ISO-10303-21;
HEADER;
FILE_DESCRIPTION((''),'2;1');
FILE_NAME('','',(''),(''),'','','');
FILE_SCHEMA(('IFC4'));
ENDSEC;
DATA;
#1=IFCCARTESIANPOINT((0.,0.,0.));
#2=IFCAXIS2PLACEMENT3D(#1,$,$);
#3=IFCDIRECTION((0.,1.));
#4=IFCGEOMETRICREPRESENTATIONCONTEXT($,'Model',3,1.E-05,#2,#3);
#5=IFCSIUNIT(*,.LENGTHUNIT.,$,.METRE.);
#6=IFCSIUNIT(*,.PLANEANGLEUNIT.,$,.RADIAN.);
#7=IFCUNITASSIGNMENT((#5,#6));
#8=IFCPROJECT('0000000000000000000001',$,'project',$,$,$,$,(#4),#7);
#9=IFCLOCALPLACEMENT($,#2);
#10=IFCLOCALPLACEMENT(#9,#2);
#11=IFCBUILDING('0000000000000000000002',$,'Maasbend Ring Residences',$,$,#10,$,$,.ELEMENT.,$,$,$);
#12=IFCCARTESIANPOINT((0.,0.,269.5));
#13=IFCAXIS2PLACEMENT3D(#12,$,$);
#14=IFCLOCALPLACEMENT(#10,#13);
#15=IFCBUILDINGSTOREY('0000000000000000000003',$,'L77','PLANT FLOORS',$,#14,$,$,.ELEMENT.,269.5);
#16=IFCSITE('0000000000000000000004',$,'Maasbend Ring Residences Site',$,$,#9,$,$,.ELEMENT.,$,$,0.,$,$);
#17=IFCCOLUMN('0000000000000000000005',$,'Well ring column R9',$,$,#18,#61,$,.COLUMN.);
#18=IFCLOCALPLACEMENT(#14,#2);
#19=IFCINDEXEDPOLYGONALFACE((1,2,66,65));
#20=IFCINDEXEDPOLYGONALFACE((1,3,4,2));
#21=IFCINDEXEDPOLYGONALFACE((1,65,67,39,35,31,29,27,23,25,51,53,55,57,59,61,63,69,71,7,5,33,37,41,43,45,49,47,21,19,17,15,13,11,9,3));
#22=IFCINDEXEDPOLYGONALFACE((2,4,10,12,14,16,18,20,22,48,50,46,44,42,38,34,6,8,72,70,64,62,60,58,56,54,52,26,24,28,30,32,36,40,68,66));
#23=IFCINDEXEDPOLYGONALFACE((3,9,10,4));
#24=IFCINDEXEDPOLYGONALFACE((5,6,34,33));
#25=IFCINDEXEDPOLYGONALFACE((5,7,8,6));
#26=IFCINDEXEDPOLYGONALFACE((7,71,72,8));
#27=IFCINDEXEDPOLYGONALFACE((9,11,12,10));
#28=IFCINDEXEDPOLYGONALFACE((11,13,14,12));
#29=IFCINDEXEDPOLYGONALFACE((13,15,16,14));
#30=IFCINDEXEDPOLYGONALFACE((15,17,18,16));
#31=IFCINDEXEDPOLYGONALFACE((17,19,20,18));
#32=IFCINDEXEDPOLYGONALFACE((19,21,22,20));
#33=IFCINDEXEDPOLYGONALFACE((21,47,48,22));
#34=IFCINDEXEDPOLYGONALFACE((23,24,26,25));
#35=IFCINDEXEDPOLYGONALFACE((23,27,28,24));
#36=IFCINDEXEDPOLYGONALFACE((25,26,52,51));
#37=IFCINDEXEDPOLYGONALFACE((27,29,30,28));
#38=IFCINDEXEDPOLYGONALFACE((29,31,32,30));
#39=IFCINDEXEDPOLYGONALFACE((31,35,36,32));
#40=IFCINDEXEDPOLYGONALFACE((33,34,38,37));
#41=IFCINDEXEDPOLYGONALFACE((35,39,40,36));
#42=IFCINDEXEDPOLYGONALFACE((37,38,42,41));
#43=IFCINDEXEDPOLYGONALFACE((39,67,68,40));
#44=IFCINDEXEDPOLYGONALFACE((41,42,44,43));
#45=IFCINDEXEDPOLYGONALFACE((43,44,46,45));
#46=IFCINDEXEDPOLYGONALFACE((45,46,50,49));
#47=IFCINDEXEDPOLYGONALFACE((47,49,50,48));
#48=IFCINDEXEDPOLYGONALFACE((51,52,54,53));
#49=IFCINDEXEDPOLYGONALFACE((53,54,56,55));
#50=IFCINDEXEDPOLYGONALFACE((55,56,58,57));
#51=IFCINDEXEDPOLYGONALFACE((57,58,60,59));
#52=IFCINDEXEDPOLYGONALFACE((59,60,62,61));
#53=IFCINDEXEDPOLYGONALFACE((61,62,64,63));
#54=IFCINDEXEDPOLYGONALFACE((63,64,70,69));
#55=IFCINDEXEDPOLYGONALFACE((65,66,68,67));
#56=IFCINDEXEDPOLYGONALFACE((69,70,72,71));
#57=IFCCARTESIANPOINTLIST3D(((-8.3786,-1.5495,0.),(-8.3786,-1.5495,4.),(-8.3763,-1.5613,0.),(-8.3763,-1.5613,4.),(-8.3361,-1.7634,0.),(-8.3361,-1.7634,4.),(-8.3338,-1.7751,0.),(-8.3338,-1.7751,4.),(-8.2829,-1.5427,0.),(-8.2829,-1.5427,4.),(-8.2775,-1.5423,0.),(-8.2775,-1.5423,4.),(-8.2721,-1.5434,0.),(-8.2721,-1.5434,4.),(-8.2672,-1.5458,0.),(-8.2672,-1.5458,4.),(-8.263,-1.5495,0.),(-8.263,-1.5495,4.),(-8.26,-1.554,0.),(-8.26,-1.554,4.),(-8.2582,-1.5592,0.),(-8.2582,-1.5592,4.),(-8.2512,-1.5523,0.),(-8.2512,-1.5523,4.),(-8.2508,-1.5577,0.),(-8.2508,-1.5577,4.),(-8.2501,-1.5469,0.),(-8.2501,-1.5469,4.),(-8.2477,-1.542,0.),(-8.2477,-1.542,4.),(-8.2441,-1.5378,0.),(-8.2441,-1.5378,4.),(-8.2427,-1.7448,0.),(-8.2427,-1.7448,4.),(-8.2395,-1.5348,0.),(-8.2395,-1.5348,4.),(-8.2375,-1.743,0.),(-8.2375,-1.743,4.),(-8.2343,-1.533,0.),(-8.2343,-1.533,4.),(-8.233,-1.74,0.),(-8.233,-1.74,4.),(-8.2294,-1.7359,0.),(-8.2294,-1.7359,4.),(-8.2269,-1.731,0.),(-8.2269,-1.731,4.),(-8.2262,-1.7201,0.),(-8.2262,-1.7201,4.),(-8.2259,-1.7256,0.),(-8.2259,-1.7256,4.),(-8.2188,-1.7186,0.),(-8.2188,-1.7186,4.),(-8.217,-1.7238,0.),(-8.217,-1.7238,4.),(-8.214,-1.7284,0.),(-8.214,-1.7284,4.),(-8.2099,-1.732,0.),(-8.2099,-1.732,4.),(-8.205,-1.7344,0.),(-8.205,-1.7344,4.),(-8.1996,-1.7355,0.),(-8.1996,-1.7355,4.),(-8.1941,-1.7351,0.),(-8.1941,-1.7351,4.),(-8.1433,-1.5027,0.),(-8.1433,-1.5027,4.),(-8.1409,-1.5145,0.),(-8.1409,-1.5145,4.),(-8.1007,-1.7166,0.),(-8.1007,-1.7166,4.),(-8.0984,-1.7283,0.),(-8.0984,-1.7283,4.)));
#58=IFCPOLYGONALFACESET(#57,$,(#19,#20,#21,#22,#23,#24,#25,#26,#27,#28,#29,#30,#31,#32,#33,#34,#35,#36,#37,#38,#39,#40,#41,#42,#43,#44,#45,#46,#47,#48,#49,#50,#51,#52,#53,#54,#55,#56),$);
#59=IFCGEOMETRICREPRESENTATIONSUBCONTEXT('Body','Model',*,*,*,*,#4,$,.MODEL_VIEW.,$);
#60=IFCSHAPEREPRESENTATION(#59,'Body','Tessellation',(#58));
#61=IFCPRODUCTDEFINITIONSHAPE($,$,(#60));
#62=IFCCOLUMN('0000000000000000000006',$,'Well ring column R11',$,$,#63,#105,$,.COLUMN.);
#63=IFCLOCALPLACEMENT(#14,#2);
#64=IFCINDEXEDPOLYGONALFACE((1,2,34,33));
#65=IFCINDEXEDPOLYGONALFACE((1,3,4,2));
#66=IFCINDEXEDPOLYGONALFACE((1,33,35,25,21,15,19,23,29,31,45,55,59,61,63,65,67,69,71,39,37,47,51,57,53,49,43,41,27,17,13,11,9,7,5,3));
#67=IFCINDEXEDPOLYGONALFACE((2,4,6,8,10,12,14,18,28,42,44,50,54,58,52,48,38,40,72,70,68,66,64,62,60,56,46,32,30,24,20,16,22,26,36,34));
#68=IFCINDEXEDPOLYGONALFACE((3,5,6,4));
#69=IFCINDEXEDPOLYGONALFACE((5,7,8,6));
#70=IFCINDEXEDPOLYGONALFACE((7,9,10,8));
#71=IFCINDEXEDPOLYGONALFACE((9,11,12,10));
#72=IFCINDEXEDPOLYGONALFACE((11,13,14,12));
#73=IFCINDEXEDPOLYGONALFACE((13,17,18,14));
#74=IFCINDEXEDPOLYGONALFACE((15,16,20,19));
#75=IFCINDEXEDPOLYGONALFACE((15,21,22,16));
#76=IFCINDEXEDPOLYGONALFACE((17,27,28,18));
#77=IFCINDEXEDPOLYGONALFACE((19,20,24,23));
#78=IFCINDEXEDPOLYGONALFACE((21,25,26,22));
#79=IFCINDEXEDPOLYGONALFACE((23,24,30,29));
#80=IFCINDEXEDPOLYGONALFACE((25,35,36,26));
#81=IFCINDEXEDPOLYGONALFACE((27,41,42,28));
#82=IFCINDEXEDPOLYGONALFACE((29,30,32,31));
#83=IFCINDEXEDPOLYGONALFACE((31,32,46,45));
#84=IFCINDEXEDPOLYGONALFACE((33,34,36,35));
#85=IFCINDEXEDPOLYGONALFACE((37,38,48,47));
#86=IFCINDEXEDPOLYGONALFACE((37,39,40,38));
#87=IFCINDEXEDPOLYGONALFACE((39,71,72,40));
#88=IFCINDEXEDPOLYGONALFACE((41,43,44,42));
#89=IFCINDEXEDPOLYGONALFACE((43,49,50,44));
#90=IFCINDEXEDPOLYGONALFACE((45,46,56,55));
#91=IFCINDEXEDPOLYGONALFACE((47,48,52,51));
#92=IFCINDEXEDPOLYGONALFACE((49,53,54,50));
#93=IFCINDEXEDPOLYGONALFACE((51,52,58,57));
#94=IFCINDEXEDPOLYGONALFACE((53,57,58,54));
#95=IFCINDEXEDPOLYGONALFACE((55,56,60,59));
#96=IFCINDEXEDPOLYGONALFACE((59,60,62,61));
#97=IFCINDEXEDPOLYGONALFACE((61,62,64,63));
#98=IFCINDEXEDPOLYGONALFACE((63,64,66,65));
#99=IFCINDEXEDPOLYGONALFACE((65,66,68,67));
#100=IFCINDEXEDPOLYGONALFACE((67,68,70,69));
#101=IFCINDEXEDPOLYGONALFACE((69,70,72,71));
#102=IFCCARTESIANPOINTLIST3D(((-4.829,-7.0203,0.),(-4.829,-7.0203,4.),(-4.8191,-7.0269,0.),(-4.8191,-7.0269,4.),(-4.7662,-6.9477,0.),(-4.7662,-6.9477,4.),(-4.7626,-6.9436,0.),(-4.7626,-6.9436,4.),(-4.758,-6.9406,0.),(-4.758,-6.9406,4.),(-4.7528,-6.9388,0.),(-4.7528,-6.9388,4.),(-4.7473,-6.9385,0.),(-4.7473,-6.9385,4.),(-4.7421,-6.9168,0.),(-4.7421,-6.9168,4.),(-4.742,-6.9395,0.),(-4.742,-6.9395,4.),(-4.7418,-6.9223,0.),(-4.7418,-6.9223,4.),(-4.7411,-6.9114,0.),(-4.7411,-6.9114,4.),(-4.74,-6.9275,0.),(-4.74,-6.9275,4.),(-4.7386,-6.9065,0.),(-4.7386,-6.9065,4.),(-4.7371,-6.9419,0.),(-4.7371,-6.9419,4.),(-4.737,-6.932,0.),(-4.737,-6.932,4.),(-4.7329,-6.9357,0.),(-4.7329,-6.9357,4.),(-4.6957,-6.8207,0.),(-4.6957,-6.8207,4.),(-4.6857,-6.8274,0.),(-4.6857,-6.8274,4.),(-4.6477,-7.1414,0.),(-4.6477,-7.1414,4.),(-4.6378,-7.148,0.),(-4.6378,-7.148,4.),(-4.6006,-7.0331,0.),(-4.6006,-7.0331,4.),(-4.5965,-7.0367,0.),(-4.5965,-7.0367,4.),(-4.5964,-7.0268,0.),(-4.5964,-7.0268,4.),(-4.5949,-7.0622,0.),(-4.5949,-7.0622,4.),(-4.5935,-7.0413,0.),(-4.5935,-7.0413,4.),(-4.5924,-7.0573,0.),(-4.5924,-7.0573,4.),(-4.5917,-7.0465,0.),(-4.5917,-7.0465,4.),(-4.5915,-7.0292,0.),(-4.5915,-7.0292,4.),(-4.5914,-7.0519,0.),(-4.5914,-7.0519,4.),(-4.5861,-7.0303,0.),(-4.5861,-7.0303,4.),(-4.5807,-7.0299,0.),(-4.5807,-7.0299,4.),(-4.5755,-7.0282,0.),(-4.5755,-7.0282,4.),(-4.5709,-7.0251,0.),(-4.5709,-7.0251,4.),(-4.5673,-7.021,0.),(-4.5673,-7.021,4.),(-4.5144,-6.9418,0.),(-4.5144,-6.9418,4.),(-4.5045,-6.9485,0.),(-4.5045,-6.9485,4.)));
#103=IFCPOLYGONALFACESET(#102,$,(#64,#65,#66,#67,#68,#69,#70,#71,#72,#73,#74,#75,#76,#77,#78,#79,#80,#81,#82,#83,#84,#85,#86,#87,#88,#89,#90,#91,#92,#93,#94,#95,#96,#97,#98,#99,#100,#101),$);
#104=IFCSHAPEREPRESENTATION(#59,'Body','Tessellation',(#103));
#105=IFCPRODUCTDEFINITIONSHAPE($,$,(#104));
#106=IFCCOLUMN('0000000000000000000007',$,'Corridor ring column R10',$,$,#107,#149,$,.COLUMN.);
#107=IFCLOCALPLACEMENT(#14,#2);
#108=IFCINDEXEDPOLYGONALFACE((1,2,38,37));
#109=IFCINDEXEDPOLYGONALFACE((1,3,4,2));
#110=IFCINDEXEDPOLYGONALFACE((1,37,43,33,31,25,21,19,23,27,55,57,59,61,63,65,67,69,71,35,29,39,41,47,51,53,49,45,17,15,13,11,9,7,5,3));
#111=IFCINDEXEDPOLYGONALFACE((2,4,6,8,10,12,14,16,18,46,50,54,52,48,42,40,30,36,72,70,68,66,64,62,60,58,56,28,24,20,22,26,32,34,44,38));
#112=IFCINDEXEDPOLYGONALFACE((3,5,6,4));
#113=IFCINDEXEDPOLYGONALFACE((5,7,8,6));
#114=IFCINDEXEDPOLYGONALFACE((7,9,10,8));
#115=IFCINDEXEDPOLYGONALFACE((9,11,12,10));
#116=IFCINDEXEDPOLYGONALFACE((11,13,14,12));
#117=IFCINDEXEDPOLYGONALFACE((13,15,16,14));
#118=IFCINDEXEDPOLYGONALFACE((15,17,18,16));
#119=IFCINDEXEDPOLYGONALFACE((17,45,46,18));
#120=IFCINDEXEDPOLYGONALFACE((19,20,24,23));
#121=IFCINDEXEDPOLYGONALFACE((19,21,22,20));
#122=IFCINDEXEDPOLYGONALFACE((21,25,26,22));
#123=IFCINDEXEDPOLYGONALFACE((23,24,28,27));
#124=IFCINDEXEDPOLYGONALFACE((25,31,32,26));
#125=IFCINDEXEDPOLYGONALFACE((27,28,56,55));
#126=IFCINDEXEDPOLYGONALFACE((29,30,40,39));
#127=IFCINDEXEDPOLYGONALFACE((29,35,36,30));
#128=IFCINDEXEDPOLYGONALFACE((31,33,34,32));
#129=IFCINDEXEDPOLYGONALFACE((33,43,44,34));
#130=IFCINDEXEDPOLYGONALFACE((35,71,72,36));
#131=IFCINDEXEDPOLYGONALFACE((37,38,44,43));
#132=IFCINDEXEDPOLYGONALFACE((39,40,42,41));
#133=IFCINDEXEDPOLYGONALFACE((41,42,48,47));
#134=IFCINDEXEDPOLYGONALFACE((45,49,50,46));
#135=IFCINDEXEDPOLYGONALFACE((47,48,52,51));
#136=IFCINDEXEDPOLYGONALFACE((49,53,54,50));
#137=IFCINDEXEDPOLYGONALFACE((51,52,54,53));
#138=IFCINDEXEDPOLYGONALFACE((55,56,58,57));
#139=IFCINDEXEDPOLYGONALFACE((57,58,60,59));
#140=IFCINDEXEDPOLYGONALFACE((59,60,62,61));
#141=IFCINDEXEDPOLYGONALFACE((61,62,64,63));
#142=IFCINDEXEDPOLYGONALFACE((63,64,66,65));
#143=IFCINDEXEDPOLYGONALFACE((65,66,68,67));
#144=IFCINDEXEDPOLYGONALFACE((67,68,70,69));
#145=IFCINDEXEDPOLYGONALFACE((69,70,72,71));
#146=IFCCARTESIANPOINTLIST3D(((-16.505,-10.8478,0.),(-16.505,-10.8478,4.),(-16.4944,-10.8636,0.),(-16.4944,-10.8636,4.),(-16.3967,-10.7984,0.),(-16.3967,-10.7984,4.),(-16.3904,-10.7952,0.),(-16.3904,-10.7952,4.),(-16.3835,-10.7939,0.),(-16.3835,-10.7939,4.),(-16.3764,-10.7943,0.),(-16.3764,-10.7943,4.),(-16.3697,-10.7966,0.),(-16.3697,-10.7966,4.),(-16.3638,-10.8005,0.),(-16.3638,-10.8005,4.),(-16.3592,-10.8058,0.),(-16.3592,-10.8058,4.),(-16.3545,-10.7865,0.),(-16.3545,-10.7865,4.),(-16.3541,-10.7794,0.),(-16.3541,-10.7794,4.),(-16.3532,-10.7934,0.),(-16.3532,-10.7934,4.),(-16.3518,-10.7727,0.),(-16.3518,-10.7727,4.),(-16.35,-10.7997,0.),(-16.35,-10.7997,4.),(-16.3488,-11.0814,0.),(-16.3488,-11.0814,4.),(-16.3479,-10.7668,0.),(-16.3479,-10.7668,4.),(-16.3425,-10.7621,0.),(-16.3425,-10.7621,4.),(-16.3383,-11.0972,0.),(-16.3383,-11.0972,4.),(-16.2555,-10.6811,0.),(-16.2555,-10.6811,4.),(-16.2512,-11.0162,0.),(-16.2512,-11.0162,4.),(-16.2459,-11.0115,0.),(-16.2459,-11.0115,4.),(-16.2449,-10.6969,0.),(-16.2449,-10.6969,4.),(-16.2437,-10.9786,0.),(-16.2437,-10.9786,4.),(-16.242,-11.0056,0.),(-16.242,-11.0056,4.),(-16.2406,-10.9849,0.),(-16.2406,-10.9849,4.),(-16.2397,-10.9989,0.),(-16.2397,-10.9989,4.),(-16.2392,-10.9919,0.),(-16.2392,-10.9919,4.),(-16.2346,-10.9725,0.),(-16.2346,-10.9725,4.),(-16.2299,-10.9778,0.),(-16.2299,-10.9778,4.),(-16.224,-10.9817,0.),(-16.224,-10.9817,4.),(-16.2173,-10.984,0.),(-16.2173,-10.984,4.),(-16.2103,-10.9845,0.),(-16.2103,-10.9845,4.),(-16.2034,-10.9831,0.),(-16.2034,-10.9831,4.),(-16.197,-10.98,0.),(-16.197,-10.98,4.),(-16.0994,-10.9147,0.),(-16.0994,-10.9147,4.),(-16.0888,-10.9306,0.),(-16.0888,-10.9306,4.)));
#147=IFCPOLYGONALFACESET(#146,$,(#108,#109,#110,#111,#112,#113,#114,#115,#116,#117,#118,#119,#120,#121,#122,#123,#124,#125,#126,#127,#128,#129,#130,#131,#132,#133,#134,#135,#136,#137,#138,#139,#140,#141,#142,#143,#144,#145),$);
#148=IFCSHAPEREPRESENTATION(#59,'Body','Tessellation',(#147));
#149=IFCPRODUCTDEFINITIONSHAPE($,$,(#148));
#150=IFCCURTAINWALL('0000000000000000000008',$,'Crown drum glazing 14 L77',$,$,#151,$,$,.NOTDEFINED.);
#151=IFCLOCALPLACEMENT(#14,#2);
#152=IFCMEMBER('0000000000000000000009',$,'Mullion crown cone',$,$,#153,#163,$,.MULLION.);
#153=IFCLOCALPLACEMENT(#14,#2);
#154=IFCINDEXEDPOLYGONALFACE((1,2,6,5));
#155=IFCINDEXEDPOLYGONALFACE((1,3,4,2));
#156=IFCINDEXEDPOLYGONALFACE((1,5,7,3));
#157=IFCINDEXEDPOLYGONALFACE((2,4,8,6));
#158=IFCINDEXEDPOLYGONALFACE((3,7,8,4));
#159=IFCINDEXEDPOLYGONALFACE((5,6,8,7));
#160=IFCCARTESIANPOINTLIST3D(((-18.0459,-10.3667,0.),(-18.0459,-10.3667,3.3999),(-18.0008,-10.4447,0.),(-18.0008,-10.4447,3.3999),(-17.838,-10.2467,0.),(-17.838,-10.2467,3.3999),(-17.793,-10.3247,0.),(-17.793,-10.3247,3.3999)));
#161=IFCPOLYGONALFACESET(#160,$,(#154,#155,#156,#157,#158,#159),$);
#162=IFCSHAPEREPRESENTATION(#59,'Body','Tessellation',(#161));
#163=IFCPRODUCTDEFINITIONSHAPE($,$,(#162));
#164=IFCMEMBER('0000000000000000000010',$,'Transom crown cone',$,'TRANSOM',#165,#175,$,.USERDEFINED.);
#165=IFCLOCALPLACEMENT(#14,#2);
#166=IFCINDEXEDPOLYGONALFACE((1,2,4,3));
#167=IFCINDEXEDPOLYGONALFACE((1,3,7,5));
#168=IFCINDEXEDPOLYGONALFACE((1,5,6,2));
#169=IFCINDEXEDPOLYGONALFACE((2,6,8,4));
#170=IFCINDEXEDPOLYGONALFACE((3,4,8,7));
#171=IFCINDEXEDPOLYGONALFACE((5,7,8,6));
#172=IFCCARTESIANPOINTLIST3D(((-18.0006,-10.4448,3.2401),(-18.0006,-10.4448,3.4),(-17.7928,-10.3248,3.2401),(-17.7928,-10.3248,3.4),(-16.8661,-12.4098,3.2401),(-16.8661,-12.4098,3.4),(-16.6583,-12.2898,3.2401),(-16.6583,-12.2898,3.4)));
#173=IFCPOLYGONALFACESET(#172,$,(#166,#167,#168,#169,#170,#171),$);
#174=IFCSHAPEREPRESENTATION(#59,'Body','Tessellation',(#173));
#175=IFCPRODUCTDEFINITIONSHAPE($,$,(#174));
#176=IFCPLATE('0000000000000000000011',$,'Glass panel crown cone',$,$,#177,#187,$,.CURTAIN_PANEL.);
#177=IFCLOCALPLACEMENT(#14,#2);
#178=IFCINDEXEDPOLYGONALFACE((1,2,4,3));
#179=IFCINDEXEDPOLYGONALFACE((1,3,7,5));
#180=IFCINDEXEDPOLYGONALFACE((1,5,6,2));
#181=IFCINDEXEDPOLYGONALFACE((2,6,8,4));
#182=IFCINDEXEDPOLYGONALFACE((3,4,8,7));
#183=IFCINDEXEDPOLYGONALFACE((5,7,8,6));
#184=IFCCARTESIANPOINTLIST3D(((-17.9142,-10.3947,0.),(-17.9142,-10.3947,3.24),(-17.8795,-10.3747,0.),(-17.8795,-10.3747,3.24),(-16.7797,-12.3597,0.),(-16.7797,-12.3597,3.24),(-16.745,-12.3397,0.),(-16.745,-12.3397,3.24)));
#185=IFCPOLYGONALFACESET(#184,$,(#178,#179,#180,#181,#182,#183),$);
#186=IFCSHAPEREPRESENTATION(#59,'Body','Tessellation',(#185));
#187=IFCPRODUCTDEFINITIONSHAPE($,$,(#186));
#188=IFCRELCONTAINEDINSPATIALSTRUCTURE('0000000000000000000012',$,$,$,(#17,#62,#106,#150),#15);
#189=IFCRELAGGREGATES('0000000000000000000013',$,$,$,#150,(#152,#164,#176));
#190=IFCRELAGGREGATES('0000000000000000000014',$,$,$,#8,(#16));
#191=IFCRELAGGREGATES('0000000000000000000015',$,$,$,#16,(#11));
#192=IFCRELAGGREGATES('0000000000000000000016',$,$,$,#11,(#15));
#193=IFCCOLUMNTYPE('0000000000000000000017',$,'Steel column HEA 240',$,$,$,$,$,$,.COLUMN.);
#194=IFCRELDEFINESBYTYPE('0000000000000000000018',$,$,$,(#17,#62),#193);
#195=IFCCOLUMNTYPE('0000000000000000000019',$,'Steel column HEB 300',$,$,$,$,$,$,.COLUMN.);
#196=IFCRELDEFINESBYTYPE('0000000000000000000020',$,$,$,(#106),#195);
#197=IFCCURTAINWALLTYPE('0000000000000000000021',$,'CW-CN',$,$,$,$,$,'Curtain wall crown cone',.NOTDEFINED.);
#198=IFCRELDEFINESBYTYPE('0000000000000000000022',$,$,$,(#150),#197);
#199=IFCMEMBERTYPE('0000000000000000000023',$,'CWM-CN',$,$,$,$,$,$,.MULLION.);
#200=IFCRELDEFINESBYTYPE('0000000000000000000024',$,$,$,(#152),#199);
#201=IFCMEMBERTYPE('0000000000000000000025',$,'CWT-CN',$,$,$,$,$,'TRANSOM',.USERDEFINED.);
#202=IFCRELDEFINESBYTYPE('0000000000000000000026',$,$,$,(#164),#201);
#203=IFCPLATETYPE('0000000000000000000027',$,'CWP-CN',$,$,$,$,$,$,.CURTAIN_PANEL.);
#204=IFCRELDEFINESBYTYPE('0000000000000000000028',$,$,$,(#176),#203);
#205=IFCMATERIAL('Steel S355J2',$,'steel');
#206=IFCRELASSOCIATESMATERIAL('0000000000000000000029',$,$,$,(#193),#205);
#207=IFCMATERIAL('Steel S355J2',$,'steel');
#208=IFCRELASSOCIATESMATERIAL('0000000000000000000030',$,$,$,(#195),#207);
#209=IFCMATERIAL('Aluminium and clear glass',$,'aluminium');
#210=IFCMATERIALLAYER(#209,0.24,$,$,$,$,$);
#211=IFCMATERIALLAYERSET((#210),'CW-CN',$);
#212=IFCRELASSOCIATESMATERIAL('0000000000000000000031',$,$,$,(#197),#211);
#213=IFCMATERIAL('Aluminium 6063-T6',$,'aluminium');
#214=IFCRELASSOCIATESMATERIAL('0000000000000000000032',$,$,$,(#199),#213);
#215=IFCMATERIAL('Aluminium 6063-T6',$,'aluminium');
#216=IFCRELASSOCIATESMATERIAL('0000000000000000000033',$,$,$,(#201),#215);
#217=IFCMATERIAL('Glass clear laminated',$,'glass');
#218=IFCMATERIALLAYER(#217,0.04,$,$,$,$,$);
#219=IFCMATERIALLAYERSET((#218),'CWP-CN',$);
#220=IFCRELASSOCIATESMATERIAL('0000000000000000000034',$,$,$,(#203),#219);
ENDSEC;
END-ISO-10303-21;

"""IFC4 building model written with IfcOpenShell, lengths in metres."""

from ifc_helpers import new_model, si_unit, direction, frame, origin, origin_2d, place, context, subcontext, project, spatial, rectangle, i_section, extrude, material, layer, layer_set, material_profile, profile_set, type_object, element, aggregate, save


model = new_model("IFC4")

# Units and contexts
model_context = context("Model", 3, precision=1e-05, world=origin(), true_north=direction((0.0, 1.0)))
body_context = subcontext(model_context, "Body", "Model", "MODEL_VIEW")
ifc_project = project(units=[si_unit("LENGTHUNIT", "METRE"), si_unit("PLANEANGLEUNIT", "RADIAN")], contexts=[model_context])

# Site, building, storey
site_placement = place(None, origin())
site = spatial("IfcSite", under=ifc_project, at=site_placement, Name="Maasbend Ring Residences Site", CompositionType="ELEMENT", RefElevation=0.0)
building_placement = place(site_placement, origin())
building = spatial("IfcBuilding", under=site, at=building_placement, Name="Maasbend Ring Residences", CompositionType="ELEMENT")
storey_placement = place(building_placement, frame((0.0, 0.0, 269.5)))
storey = spatial("IfcBuildingStorey", under=building, at=storey_placement, Name="L77", Description="PLANT FLOORS", CompositionType="ELEMENT", Elevation=269.5)

# Columns
ifc_material_1 = material(Name="Steel S355J2", Category="steel")
ifc_material_profile_1 = material_profile(ifc_material_1, i_section(OverallWidth=0.24, OverallDepth=0.23, WebThickness=0.0076, FlangeThickness=0.012, FilletRadius=0.021, at=origin_2d()), Name="HEA 240")
ifc_profile_set_1 = profile_set([ifc_material_profile_1], Name="Steel S355J2")
column_type_1 = type_object("IfcColumnType", Name="Steel column HEA 240", PredefinedType="COLUMN", material=ifc_profile_set_1)
for number, where, z_axis, x_axis, name in (
    (1, (-8.2385, -1.6389, 0.0), (0.0, 0.0, 1.0), (-0.980785, -0.19509, 0.0), "Well ring column R9"),
    (2, (-4.6667, -6.9844, 0.0), (0.0, 0.0, 1.0), (-0.55557, -0.83147, 0.0), "Well ring column R11"),
):
    element("IfcColumn", number, at=place(storey_placement, frame(where, z_axis=z_axis, x_axis=x_axis)), inside=storey, type_object=column_type_1, Name=name, PredefinedType="COLUMN", context=body_context, shape_type="SweptSolid", body=[
        extrude(i_section(OverallWidth=0.24, OverallDepth=0.23, WebThickness=0.0076, FlangeThickness=0.012, FilletRadius=0.021, at=origin_2d()), origin(), (0.0, 0.0, 1.0), 4.0),
    ])
ifc_material_2 = material(Name="Steel S355J2", Category="steel")
ifc_material_profile_2 = material_profile(ifc_material_2, i_section(OverallWidth=0.3, OverallDepth=0.3, WebThickness=0.011, FlangeThickness=0.019, FilletRadius=0.0271, at=origin_2d()), Name="HEB 300")
ifc_profile_set_2 = profile_set([ifc_material_profile_2], Name="Steel S355J2")
column_type_2 = type_object("IfcColumnType", Name="Steel column HEB 300", PredefinedType="COLUMN", material=ifc_profile_set_2)
column_placement = place(storey_placement, frame((-16.2969, -10.8892, 0.0), z_axis=(0.0, 0.0, 1.0), x_axis=(-0.83147, -0.55557, 0.0)))
element("IfcColumn", 3, at=column_placement, inside=storey, type_object=column_type_2, Name="Corridor ring column R10", PredefinedType="COLUMN", context=body_context, shape_type="SweptSolid", body=[
    extrude(i_section(OverallWidth=0.3, OverallDepth=0.3, WebThickness=0.011, FlangeThickness=0.019, FilletRadius=0.0271, at=origin_2d()), origin(), (0.0, 0.0, 1.0), 4.0),
])

# Curtain wall, members, plate
ifc_material_3 = material(Name="Aluminium and clear glass", Category="aluminium")
ifc_layer_1 = layer(ifc_material_3, 0.24)
ifc_layer_set_1 = layer_set([ifc_layer_1], Name="CW-CN")
curtain_wall_type = type_object("IfcCurtainWallType", Name="CW-CN", ElementType="Curtain wall crown cone", PredefinedType="NOTDEFINED", material=ifc_layer_set_1)
curtain_wall_placement = place(storey_placement, origin())
curtain_wall = element("IfcCurtainWall", 4, at=curtain_wall_placement, inside=storey, type_object=curtain_wall_type, Name="Crown drum glazing 14 L77", PredefinedType="NOTDEFINED")
ifc_material_4 = material(Name="Aluminium 6063-T6", Category="aluminium")
ifc_material_profile_3 = material_profile(ifc_material_4, rectangle(XDim=0.24, YDim=0.0901, at=origin_2d()), Name="AL 240x90")
ifc_profile_set_3 = profile_set([ifc_material_profile_3], Name="Aluminium 6063-T6")
member_type_1 = type_object("IfcMemberType", Name="CWM-CN", PredefinedType="MULLION", material=ifc_profile_set_3)
member_1_placement = place(storey_placement, frame((-17.9194, -10.3457, 0.0), z_axis=(0.0, 0.0, 1.0), x_axis=(0.866025, 0.5, 0.0)))
member_1 = element("IfcMember", 5, at=member_1_placement, type_object=member_type_1, Name="Mullion crown cone", PredefinedType="MULLION", context=body_context, shape_type="SweptSolid", body=[
    extrude(rectangle(XDim=0.24, YDim=0.0901, at=origin_2d()), origin(), (0.0, 0.0, 1.0), 3.3999),
])
ifc_material_5 = material(Name="Aluminium 6063-T6", Category="aluminium")
ifc_material_profile_4 = material_profile(ifc_material_5, rectangle(XDim=0.24, YDim=0.1599, at=origin_2d()), Name="AL 240x160")
ifc_profile_set_4 = profile_set([ifc_material_profile_4], Name="Aluminium 6063-T6")
member_type_2 = type_object("IfcMemberType", Name="CWT-CN", ElementType="TRANSOM", PredefinedType="USERDEFINED", material=ifc_profile_set_4)
member_2_placement = place(storey_placement, frame((-17.8967, -10.3848, 3.3201), z_axis=(0.499993, -0.86603, 0.0), x_axis=(0.86603, 0.499993, 0.0)))
member_2 = element("IfcMember", 6, at=member_2_placement, type_object=member_type_2, Name="Transom crown cone", ObjectType="TRANSOM", PredefinedType="USERDEFINED", context=body_context, shape_type="SweptSolid", body=[
    extrude(rectangle(XDim=0.24, YDim=0.1599, at=origin_2d()), origin(), (0.0, 0.0, 1.0), 2.269),
])
ifc_material_6 = material(Name="Glass clear laminated", Category="glass")
ifc_layer_2 = layer(ifc_material_6, 0.04)
ifc_layer_set_2 = layer_set([ifc_layer_2], Name="CWP-CN")
plate_type = type_object("IfcPlateType", Name="CWP-CN", PredefinedType="CURTAIN_PANEL", material=ifc_layer_set_2)
plate_placement = place(storey_placement, frame((-17.3296, -11.3672, 0.0), z_axis=(0.0, 0.0, 1.0), x_axis=(0.5, -0.866025, 0.0)))
plate = element("IfcPlate", 7, at=plate_placement, type_object=plate_type, Name="Glass panel crown cone", PredefinedType="CURTAIN_PANEL", context=body_context, shape_type="SweptSolid", body=[
    extrude(rectangle(XDim=2.269, YDim=0.04, at=origin_2d()), origin(), (0.0, 0.0, 1.0), 3.24),
])
aggregate(curtain_wall, [member_1, member_2, plate])

save(model, "model.ifc")
